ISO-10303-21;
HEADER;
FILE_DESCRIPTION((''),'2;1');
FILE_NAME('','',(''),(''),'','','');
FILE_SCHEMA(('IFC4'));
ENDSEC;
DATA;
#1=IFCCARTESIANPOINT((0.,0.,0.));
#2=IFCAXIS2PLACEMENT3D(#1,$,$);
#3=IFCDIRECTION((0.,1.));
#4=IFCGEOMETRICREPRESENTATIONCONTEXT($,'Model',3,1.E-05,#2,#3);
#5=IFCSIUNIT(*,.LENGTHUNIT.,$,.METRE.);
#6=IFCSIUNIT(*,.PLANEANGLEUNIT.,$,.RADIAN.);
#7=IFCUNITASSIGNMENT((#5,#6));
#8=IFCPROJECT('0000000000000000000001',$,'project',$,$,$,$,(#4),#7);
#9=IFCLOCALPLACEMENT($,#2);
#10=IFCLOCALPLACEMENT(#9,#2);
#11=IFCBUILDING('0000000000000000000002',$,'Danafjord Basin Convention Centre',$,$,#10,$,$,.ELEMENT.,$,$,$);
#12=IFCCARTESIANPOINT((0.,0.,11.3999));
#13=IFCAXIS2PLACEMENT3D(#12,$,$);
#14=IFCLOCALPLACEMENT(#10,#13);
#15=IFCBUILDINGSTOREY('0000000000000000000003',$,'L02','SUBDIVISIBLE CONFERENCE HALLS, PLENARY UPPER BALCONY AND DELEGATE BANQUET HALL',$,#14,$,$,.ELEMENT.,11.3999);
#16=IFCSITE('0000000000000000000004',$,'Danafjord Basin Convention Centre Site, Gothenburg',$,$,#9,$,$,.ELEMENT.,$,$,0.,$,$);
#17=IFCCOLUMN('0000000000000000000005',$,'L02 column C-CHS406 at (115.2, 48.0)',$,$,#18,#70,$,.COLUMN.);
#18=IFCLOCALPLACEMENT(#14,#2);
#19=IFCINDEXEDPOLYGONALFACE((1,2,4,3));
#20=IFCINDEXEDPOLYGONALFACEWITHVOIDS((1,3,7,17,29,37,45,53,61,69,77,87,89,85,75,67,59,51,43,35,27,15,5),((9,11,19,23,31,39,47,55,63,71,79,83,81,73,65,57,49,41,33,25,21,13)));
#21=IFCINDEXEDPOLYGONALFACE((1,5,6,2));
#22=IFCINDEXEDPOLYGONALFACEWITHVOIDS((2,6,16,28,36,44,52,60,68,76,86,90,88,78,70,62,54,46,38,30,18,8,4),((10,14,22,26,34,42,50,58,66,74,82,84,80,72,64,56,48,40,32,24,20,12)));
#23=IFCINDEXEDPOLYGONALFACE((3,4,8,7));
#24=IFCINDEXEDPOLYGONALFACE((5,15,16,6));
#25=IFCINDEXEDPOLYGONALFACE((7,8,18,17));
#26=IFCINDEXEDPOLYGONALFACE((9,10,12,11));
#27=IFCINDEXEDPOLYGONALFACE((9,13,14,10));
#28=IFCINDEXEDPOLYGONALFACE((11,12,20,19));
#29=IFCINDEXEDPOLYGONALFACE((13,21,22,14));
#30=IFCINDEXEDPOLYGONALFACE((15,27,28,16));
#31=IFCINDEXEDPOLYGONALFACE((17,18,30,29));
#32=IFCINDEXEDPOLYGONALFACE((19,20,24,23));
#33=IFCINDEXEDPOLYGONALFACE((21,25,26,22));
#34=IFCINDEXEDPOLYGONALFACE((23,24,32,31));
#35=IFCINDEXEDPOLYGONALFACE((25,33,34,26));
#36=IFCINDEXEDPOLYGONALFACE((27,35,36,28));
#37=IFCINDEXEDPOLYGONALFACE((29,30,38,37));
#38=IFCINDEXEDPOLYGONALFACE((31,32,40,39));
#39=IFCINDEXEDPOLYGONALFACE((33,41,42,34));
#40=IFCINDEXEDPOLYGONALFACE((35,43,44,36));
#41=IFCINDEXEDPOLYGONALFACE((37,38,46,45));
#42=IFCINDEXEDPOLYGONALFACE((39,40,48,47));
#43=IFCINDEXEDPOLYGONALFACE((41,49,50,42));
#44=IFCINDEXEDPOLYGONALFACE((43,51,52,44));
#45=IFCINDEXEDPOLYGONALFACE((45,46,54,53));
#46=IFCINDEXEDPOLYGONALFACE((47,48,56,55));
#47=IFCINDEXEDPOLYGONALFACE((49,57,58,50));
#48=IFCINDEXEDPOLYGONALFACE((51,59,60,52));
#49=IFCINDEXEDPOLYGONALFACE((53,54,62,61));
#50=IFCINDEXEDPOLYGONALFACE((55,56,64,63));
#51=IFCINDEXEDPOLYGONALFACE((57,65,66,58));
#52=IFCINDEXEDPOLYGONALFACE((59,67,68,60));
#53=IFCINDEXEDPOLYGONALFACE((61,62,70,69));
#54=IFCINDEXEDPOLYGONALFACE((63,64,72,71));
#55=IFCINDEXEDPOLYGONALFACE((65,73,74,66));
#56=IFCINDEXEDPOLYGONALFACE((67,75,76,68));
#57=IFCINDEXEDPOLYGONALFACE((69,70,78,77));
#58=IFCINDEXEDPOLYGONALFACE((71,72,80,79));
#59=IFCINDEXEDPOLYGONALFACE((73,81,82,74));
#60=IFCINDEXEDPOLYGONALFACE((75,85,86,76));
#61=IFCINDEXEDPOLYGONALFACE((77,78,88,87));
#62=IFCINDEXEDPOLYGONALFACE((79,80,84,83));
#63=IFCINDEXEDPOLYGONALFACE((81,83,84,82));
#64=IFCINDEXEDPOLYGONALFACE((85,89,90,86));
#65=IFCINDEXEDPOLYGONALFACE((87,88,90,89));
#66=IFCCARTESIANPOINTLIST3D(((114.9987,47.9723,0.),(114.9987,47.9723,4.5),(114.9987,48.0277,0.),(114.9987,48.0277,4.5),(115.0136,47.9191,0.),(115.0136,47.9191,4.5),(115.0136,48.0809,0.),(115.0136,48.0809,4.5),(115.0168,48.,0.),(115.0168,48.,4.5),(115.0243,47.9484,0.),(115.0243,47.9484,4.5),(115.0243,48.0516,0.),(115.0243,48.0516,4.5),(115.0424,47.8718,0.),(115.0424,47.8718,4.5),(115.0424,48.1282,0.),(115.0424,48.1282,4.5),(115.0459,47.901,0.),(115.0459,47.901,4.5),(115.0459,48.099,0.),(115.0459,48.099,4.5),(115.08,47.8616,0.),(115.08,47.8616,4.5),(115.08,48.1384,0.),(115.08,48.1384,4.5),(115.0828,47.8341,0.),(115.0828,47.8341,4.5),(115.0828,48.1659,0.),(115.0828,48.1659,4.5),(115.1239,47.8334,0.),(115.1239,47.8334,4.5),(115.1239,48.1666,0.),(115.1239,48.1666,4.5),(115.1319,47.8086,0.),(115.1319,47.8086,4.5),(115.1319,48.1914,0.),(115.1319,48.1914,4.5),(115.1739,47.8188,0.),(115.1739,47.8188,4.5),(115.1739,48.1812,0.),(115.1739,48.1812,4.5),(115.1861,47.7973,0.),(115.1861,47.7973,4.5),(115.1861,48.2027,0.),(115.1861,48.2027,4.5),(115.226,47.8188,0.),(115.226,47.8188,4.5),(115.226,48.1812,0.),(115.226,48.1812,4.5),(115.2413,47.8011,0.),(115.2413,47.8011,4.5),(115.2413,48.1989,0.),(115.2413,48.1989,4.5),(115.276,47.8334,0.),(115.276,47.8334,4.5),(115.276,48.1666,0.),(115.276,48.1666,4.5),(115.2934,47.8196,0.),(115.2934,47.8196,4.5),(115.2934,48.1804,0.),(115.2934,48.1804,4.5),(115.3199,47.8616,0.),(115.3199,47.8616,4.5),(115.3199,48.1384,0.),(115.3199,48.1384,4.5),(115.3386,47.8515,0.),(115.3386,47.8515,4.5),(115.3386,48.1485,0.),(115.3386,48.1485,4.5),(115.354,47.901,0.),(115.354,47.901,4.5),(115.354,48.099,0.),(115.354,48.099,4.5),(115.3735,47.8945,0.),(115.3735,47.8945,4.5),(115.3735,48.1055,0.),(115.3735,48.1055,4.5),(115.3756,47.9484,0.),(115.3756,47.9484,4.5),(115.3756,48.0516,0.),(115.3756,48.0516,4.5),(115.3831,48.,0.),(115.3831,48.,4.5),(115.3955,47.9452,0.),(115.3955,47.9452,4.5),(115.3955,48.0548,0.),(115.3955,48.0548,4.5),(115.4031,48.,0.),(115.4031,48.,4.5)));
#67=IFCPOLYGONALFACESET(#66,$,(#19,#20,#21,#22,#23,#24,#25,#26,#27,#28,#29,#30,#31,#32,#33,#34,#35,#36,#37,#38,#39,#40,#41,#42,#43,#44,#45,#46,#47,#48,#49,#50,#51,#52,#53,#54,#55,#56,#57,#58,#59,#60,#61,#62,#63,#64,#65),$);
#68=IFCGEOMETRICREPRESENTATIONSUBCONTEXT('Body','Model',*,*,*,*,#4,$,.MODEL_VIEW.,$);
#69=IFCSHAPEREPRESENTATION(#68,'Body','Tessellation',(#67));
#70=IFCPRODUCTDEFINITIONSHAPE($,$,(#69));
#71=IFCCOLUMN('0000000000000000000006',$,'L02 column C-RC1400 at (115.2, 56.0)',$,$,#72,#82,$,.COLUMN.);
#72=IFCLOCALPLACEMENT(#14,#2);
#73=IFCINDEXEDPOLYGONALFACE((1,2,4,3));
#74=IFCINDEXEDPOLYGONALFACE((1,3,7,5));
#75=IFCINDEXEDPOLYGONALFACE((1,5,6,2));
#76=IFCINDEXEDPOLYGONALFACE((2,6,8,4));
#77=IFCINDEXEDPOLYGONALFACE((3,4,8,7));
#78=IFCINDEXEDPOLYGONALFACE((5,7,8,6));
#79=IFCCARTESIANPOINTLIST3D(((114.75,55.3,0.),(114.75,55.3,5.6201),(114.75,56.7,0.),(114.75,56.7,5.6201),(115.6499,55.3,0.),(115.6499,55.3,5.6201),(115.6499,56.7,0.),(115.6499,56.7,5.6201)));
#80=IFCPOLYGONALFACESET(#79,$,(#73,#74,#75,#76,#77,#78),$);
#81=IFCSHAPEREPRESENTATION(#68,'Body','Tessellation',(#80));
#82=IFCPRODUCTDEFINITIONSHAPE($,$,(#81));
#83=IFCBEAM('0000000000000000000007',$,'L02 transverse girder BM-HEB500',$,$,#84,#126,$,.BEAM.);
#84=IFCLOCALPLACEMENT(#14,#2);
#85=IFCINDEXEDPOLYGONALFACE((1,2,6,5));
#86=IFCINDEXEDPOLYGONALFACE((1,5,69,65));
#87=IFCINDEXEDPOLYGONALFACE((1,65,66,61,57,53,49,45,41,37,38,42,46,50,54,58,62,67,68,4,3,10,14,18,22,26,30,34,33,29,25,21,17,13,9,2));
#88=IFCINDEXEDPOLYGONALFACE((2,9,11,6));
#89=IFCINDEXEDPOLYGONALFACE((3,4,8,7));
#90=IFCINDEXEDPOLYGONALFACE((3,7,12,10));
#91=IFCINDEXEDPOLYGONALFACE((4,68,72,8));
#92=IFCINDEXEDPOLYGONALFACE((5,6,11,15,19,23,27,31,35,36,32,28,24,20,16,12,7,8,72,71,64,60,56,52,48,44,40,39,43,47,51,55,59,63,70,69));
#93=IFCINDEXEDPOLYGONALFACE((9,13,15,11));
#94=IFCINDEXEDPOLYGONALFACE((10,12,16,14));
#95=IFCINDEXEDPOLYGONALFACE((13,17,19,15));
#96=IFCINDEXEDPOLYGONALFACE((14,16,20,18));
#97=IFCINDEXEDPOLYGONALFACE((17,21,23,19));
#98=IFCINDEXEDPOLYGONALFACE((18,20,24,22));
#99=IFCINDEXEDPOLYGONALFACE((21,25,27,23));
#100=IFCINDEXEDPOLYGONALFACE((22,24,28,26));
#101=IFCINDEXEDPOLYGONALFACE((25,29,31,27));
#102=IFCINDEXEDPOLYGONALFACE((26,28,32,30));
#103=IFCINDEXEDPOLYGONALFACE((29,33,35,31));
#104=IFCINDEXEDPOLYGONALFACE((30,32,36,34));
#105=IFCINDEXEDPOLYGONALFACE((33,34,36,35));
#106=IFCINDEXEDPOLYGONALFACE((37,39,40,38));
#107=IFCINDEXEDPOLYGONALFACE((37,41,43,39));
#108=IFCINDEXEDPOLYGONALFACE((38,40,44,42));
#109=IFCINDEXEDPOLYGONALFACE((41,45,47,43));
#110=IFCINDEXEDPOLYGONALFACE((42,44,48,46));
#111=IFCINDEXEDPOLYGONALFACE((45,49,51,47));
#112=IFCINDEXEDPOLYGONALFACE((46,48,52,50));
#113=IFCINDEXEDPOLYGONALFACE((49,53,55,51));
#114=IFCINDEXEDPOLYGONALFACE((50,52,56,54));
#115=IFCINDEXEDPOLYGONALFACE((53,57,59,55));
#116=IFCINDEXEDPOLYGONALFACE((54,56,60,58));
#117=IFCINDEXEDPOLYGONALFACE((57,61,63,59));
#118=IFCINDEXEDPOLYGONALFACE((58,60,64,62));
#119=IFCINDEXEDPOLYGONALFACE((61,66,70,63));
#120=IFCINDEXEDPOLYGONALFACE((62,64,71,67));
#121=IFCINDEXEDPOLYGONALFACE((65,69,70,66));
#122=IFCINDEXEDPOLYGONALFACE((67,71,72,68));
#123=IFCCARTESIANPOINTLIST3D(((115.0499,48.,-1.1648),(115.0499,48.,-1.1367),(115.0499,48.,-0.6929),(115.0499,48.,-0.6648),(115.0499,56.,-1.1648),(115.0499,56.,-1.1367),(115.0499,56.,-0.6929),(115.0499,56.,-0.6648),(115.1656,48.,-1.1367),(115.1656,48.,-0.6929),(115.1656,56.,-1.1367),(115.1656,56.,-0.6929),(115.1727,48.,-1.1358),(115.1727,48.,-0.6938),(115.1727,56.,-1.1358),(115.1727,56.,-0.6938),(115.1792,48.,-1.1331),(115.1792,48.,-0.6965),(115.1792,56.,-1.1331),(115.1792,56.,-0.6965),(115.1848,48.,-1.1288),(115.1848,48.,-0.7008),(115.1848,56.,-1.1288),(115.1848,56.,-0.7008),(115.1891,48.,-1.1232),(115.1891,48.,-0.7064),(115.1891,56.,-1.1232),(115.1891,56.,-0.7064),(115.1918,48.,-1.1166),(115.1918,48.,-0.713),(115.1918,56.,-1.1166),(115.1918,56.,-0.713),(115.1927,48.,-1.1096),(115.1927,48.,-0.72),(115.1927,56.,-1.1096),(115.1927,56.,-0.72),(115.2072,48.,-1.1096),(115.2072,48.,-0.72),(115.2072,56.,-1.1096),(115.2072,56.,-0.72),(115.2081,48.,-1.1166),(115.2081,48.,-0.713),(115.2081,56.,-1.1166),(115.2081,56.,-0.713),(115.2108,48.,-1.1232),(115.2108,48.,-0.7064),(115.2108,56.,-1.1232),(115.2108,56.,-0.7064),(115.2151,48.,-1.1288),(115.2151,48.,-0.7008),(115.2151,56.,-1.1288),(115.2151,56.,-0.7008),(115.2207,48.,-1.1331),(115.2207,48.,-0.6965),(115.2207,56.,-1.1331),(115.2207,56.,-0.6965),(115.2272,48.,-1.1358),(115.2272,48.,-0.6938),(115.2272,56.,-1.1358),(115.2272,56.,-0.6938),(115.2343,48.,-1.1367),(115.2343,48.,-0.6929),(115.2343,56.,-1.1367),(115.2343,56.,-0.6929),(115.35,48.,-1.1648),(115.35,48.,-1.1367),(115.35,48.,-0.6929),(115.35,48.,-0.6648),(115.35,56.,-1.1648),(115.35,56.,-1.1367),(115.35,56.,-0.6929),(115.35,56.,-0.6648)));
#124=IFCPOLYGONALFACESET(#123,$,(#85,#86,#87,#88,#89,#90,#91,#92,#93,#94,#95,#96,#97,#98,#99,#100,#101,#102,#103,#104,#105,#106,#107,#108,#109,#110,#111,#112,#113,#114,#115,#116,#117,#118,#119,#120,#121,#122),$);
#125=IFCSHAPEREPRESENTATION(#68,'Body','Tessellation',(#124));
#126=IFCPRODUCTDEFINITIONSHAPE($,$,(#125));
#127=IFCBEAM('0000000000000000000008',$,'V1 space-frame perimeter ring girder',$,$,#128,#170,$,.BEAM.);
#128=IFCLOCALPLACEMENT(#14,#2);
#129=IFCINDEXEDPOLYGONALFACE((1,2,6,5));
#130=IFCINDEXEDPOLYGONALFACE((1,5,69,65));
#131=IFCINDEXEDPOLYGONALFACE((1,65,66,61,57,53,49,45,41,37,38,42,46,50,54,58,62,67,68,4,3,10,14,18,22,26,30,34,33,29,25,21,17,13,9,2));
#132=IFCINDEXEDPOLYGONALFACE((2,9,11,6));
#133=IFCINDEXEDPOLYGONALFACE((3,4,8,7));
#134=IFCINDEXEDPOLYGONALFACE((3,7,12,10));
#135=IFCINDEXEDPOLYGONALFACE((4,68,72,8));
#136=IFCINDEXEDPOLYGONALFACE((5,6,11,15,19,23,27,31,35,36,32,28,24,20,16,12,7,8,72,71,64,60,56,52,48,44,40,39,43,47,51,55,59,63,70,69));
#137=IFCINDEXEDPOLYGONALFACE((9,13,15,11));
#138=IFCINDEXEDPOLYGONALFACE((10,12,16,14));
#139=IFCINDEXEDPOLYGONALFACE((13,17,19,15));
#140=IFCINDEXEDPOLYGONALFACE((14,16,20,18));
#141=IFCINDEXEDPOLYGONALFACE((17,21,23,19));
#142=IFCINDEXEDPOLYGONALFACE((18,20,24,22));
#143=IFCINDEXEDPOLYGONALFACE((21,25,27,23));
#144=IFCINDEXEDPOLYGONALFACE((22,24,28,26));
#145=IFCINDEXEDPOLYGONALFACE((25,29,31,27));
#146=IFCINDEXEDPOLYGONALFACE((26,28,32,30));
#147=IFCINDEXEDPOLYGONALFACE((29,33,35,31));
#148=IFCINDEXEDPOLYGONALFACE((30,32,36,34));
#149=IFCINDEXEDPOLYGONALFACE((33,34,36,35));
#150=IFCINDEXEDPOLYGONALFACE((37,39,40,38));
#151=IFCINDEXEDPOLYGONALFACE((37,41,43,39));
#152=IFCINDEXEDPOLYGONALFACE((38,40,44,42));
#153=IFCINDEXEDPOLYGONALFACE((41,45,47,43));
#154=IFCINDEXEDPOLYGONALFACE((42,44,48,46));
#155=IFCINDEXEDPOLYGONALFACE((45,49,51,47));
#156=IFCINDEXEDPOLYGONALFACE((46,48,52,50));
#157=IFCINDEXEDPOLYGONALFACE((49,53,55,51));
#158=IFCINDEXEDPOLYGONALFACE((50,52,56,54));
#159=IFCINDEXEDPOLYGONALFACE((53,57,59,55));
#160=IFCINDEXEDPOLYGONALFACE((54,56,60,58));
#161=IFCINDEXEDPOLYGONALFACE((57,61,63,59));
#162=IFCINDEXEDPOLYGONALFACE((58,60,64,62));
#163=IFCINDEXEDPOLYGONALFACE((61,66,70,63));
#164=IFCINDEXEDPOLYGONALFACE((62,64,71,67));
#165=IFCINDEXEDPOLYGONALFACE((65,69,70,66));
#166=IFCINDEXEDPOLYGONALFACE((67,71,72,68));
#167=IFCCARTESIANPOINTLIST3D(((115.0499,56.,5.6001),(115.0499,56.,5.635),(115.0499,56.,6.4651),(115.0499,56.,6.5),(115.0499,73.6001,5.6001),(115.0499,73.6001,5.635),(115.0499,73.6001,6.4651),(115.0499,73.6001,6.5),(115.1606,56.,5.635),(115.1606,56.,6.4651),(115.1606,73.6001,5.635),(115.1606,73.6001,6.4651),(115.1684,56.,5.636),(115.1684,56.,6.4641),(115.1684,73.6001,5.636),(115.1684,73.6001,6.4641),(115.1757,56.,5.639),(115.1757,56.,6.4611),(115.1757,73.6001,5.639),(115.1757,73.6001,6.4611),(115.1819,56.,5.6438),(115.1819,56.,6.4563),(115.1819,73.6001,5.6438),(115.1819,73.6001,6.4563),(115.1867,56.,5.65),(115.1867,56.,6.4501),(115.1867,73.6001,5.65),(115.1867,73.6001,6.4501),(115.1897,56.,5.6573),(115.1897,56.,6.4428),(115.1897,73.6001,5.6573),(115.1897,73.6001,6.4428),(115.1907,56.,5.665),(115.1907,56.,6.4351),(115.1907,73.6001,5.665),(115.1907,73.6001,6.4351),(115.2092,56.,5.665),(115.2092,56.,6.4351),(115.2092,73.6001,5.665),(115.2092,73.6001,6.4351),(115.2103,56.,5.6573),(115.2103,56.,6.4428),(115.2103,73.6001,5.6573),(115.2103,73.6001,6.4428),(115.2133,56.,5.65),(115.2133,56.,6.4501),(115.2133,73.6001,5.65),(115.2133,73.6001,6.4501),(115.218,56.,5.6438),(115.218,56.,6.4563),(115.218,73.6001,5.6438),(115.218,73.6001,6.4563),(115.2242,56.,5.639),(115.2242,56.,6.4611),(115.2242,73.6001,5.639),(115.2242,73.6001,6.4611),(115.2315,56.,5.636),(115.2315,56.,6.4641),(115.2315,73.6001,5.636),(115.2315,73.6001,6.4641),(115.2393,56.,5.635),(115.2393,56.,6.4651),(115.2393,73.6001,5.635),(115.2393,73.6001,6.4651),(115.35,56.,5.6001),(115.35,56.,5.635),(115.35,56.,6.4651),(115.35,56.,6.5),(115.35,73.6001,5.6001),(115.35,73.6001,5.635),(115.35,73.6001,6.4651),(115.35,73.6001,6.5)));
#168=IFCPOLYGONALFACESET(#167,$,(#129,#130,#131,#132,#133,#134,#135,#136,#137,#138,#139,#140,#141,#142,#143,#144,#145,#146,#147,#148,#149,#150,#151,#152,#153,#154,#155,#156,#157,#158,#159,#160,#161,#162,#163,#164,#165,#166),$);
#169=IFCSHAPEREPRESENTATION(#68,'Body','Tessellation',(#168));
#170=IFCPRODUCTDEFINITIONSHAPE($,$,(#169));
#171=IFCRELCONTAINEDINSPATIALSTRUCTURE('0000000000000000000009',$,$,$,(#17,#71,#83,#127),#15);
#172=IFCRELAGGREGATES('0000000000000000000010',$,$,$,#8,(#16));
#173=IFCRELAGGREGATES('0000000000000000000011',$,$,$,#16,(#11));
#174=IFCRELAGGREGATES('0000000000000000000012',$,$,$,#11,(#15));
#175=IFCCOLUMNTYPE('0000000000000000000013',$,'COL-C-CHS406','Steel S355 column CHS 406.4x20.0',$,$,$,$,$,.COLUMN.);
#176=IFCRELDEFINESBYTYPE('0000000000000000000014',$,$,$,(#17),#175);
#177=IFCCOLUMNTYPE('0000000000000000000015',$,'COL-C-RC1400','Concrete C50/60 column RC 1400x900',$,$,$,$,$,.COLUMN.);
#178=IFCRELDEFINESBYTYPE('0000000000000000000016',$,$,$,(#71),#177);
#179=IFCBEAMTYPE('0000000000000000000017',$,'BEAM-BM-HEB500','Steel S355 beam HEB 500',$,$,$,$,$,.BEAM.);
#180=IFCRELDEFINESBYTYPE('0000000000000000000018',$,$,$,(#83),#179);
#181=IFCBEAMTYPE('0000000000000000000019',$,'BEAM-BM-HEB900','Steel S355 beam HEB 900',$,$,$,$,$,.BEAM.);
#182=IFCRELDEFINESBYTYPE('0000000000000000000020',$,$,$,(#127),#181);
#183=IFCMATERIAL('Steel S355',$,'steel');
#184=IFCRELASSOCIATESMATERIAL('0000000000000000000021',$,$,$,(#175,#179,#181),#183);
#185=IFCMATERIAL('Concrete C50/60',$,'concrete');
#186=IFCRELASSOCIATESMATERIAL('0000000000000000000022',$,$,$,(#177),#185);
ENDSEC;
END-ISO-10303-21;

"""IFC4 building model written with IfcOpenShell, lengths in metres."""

from ifc_helpers import new_model, si_unit, direction, frame, origin, origin_2d, place, context, subcontext, project, spatial, rectangle, hollow_circle, i_section, extrude, material, material_profile, profile_set, type_object, element, save


model = new_model("IFC4")

# Units and contexts
model_context = context("Model", 3, precision=1e-05, world=origin(), true_north=direction((0.0, 1.0)))
body_context = subcontext(model_context, "Body", "Model", "MODEL_VIEW")
ifc_project = project(units=[si_unit("LENGTHUNIT", "METRE"), si_unit("PLANEANGLEUNIT", "RADIAN")], contexts=[model_context])

# Site, building, storey
site_placement = place(None, origin())
site = spatial("IfcSite", under=ifc_project, at=site_placement, Name="Danafjord Basin Convention Centre Site, Gothenburg", CompositionType="ELEMENT", RefElevation=0.0)
building_placement = place(site_placement, origin())
building = spatial("IfcBuilding", under=site, at=building_placement, Name="Danafjord Basin Convention Centre", CompositionType="ELEMENT")
storey_placement = place(building_placement, frame((0.0, 0.0, 11.3999)))
storey = spatial("IfcBuildingStorey", under=building, at=storey_placement, Name="L02", Description="SUBDIVISIBLE CONFERENCE HALLS, PLENARY UPPER BALCONY AND DELEGATE BANQUET HALL", CompositionType="ELEMENT", Elevation=11.3999)

# Columns
ifc_material_1 = material(Name="Steel S355", Category="steel")
ifc_material_profile_1 = material_profile(ifc_material_1, hollow_circle(Radius=0.2031, WallThickness=0.02, at=origin_2d()), Name="CHS 406.4x20.0")
ifc_profile_set_1 = profile_set([ifc_material_profile_1], Name="Steel S355")
column_type_1 = type_object("IfcColumnType", Name="COL-C-CHS406", Description="Steel S355 column CHS 406.4x20.0", PredefinedType="COLUMN", material=ifc_profile_set_1)
column_1_placement = place(storey_placement, frame((115.2, 48.0, 0.0), z_axis=(0.0, 0.0, 1.0), x_axis=(1.0, 0.0, 0.0)))
element("IfcColumn", 1, at=column_1_placement, inside=storey, type_object=column_type_1, Name="L02 column C-CHS406 at (115.2, 48.0)", PredefinedType="COLUMN", context=body_context, shape_type="SweptSolid", body=[
    extrude(hollow_circle(Radius=0.2031, WallThickness=0.02, at=origin_2d()), origin(), (0.0, 0.0, 1.0), 4.5),
])
ifc_material_2 = material(Name="Concrete C50/60", Category="concrete")
ifc_material_profile_2 = material_profile(ifc_material_2, rectangle(XDim=0.8999, YDim=1.3999, at=origin_2d()), Name="RC 1400x900")
ifc_profile_set_2 = profile_set([ifc_material_profile_2], Name="Concrete C50/60")
column_type_2 = type_object("IfcColumnType", Name="COL-C-RC1400", Description="Concrete C50/60 column RC 1400x900", PredefinedType="COLUMN", material=ifc_profile_set_2)
column_2_placement = place(storey_placement, frame((115.2, 56.0, 0.0), z_axis=(0.0, 0.0, 1.0), x_axis=(1.0, 0.0, 0.0)))
element("IfcColumn", 2, at=column_2_placement, inside=storey, type_object=column_type_2, Name="L02 column C-RC1400 at (115.2, 56.0)", PredefinedType="COLUMN", context=body_context, shape_type="SweptSolid", body=[
    extrude(rectangle(XDim=0.8999, YDim=1.3999, at=origin_2d()), origin(), (0.0, 0.0, 1.0), 5.6201),
])

# Beams
ifc_material_profile_3 = material_profile(ifc_material_1, i_section(OverallWidth=0.3, OverallDepth=0.5, WebThickness=0.0144, FlangeThickness=0.0281, FilletRadius=0.0271, at=origin_2d()), Name="HEB 500")
ifc_profile_set_3 = profile_set([ifc_material_profile_3], Name="Steel S355")
beam_type_1 = type_object("IfcBeamType", Name="BEAM-BM-HEB500", Description="Steel S355 beam HEB 500", PredefinedType="BEAM", material=ifc_profile_set_3)
beam_1_placement = place(storey_placement, frame((115.2, 48.0, -0.9148), z_axis=(0.0, 1.0, 0.0), x_axis=(-1.0, 0.0, 0.0)))
element("IfcBeam", 3, at=beam_1_placement, inside=storey, type_object=beam_type_1, Name="L02 transverse girder BM-HEB500", PredefinedType="BEAM", context=body_context, shape_type="SweptSolid", body=[
    extrude(i_section(OverallWidth=0.3, OverallDepth=0.5, WebThickness=0.0144, FlangeThickness=0.0281, FilletRadius=0.0271, at=origin_2d()), origin(), (0.0, 0.0, 1.0), 8.0),
])
ifc_material_profile_4 = material_profile(ifc_material_1, i_section(OverallWidth=0.3, OverallDepth=0.8999, WebThickness=0.0186, FlangeThickness=0.0349, FilletRadius=0.03, at=origin_2d()), Name="HEB 900")
ifc_profile_set_4 = profile_set([ifc_material_profile_4], Name="Steel S355")
beam_type_2 = type_object("IfcBeamType", Name="BEAM-BM-HEB900", Description="Steel S355 beam HEB 900", PredefinedType="BEAM", material=ifc_profile_set_4)
beam_2_placement = place(storey_placement, frame((115.2, 56.0, 6.05), z_axis=(0.0, 1.0, 0.0), x_axis=(-1.0, 0.0, 0.0)))
element("IfcBeam", 4, at=beam_2_placement, inside=storey, type_object=beam_type_2, Name="V1 space-frame perimeter ring girder", PredefinedType="BEAM", context=body_context, shape_type="SweptSolid", body=[
    extrude(i_section(OverallWidth=0.3, OverallDepth=0.8999, WebThickness=0.0186, FlangeThickness=0.0349, FilletRadius=0.03, at=origin_2d()), origin(), (0.0, 0.0, 1.0), 17.6001),
])

save(model, "model.ifc")
